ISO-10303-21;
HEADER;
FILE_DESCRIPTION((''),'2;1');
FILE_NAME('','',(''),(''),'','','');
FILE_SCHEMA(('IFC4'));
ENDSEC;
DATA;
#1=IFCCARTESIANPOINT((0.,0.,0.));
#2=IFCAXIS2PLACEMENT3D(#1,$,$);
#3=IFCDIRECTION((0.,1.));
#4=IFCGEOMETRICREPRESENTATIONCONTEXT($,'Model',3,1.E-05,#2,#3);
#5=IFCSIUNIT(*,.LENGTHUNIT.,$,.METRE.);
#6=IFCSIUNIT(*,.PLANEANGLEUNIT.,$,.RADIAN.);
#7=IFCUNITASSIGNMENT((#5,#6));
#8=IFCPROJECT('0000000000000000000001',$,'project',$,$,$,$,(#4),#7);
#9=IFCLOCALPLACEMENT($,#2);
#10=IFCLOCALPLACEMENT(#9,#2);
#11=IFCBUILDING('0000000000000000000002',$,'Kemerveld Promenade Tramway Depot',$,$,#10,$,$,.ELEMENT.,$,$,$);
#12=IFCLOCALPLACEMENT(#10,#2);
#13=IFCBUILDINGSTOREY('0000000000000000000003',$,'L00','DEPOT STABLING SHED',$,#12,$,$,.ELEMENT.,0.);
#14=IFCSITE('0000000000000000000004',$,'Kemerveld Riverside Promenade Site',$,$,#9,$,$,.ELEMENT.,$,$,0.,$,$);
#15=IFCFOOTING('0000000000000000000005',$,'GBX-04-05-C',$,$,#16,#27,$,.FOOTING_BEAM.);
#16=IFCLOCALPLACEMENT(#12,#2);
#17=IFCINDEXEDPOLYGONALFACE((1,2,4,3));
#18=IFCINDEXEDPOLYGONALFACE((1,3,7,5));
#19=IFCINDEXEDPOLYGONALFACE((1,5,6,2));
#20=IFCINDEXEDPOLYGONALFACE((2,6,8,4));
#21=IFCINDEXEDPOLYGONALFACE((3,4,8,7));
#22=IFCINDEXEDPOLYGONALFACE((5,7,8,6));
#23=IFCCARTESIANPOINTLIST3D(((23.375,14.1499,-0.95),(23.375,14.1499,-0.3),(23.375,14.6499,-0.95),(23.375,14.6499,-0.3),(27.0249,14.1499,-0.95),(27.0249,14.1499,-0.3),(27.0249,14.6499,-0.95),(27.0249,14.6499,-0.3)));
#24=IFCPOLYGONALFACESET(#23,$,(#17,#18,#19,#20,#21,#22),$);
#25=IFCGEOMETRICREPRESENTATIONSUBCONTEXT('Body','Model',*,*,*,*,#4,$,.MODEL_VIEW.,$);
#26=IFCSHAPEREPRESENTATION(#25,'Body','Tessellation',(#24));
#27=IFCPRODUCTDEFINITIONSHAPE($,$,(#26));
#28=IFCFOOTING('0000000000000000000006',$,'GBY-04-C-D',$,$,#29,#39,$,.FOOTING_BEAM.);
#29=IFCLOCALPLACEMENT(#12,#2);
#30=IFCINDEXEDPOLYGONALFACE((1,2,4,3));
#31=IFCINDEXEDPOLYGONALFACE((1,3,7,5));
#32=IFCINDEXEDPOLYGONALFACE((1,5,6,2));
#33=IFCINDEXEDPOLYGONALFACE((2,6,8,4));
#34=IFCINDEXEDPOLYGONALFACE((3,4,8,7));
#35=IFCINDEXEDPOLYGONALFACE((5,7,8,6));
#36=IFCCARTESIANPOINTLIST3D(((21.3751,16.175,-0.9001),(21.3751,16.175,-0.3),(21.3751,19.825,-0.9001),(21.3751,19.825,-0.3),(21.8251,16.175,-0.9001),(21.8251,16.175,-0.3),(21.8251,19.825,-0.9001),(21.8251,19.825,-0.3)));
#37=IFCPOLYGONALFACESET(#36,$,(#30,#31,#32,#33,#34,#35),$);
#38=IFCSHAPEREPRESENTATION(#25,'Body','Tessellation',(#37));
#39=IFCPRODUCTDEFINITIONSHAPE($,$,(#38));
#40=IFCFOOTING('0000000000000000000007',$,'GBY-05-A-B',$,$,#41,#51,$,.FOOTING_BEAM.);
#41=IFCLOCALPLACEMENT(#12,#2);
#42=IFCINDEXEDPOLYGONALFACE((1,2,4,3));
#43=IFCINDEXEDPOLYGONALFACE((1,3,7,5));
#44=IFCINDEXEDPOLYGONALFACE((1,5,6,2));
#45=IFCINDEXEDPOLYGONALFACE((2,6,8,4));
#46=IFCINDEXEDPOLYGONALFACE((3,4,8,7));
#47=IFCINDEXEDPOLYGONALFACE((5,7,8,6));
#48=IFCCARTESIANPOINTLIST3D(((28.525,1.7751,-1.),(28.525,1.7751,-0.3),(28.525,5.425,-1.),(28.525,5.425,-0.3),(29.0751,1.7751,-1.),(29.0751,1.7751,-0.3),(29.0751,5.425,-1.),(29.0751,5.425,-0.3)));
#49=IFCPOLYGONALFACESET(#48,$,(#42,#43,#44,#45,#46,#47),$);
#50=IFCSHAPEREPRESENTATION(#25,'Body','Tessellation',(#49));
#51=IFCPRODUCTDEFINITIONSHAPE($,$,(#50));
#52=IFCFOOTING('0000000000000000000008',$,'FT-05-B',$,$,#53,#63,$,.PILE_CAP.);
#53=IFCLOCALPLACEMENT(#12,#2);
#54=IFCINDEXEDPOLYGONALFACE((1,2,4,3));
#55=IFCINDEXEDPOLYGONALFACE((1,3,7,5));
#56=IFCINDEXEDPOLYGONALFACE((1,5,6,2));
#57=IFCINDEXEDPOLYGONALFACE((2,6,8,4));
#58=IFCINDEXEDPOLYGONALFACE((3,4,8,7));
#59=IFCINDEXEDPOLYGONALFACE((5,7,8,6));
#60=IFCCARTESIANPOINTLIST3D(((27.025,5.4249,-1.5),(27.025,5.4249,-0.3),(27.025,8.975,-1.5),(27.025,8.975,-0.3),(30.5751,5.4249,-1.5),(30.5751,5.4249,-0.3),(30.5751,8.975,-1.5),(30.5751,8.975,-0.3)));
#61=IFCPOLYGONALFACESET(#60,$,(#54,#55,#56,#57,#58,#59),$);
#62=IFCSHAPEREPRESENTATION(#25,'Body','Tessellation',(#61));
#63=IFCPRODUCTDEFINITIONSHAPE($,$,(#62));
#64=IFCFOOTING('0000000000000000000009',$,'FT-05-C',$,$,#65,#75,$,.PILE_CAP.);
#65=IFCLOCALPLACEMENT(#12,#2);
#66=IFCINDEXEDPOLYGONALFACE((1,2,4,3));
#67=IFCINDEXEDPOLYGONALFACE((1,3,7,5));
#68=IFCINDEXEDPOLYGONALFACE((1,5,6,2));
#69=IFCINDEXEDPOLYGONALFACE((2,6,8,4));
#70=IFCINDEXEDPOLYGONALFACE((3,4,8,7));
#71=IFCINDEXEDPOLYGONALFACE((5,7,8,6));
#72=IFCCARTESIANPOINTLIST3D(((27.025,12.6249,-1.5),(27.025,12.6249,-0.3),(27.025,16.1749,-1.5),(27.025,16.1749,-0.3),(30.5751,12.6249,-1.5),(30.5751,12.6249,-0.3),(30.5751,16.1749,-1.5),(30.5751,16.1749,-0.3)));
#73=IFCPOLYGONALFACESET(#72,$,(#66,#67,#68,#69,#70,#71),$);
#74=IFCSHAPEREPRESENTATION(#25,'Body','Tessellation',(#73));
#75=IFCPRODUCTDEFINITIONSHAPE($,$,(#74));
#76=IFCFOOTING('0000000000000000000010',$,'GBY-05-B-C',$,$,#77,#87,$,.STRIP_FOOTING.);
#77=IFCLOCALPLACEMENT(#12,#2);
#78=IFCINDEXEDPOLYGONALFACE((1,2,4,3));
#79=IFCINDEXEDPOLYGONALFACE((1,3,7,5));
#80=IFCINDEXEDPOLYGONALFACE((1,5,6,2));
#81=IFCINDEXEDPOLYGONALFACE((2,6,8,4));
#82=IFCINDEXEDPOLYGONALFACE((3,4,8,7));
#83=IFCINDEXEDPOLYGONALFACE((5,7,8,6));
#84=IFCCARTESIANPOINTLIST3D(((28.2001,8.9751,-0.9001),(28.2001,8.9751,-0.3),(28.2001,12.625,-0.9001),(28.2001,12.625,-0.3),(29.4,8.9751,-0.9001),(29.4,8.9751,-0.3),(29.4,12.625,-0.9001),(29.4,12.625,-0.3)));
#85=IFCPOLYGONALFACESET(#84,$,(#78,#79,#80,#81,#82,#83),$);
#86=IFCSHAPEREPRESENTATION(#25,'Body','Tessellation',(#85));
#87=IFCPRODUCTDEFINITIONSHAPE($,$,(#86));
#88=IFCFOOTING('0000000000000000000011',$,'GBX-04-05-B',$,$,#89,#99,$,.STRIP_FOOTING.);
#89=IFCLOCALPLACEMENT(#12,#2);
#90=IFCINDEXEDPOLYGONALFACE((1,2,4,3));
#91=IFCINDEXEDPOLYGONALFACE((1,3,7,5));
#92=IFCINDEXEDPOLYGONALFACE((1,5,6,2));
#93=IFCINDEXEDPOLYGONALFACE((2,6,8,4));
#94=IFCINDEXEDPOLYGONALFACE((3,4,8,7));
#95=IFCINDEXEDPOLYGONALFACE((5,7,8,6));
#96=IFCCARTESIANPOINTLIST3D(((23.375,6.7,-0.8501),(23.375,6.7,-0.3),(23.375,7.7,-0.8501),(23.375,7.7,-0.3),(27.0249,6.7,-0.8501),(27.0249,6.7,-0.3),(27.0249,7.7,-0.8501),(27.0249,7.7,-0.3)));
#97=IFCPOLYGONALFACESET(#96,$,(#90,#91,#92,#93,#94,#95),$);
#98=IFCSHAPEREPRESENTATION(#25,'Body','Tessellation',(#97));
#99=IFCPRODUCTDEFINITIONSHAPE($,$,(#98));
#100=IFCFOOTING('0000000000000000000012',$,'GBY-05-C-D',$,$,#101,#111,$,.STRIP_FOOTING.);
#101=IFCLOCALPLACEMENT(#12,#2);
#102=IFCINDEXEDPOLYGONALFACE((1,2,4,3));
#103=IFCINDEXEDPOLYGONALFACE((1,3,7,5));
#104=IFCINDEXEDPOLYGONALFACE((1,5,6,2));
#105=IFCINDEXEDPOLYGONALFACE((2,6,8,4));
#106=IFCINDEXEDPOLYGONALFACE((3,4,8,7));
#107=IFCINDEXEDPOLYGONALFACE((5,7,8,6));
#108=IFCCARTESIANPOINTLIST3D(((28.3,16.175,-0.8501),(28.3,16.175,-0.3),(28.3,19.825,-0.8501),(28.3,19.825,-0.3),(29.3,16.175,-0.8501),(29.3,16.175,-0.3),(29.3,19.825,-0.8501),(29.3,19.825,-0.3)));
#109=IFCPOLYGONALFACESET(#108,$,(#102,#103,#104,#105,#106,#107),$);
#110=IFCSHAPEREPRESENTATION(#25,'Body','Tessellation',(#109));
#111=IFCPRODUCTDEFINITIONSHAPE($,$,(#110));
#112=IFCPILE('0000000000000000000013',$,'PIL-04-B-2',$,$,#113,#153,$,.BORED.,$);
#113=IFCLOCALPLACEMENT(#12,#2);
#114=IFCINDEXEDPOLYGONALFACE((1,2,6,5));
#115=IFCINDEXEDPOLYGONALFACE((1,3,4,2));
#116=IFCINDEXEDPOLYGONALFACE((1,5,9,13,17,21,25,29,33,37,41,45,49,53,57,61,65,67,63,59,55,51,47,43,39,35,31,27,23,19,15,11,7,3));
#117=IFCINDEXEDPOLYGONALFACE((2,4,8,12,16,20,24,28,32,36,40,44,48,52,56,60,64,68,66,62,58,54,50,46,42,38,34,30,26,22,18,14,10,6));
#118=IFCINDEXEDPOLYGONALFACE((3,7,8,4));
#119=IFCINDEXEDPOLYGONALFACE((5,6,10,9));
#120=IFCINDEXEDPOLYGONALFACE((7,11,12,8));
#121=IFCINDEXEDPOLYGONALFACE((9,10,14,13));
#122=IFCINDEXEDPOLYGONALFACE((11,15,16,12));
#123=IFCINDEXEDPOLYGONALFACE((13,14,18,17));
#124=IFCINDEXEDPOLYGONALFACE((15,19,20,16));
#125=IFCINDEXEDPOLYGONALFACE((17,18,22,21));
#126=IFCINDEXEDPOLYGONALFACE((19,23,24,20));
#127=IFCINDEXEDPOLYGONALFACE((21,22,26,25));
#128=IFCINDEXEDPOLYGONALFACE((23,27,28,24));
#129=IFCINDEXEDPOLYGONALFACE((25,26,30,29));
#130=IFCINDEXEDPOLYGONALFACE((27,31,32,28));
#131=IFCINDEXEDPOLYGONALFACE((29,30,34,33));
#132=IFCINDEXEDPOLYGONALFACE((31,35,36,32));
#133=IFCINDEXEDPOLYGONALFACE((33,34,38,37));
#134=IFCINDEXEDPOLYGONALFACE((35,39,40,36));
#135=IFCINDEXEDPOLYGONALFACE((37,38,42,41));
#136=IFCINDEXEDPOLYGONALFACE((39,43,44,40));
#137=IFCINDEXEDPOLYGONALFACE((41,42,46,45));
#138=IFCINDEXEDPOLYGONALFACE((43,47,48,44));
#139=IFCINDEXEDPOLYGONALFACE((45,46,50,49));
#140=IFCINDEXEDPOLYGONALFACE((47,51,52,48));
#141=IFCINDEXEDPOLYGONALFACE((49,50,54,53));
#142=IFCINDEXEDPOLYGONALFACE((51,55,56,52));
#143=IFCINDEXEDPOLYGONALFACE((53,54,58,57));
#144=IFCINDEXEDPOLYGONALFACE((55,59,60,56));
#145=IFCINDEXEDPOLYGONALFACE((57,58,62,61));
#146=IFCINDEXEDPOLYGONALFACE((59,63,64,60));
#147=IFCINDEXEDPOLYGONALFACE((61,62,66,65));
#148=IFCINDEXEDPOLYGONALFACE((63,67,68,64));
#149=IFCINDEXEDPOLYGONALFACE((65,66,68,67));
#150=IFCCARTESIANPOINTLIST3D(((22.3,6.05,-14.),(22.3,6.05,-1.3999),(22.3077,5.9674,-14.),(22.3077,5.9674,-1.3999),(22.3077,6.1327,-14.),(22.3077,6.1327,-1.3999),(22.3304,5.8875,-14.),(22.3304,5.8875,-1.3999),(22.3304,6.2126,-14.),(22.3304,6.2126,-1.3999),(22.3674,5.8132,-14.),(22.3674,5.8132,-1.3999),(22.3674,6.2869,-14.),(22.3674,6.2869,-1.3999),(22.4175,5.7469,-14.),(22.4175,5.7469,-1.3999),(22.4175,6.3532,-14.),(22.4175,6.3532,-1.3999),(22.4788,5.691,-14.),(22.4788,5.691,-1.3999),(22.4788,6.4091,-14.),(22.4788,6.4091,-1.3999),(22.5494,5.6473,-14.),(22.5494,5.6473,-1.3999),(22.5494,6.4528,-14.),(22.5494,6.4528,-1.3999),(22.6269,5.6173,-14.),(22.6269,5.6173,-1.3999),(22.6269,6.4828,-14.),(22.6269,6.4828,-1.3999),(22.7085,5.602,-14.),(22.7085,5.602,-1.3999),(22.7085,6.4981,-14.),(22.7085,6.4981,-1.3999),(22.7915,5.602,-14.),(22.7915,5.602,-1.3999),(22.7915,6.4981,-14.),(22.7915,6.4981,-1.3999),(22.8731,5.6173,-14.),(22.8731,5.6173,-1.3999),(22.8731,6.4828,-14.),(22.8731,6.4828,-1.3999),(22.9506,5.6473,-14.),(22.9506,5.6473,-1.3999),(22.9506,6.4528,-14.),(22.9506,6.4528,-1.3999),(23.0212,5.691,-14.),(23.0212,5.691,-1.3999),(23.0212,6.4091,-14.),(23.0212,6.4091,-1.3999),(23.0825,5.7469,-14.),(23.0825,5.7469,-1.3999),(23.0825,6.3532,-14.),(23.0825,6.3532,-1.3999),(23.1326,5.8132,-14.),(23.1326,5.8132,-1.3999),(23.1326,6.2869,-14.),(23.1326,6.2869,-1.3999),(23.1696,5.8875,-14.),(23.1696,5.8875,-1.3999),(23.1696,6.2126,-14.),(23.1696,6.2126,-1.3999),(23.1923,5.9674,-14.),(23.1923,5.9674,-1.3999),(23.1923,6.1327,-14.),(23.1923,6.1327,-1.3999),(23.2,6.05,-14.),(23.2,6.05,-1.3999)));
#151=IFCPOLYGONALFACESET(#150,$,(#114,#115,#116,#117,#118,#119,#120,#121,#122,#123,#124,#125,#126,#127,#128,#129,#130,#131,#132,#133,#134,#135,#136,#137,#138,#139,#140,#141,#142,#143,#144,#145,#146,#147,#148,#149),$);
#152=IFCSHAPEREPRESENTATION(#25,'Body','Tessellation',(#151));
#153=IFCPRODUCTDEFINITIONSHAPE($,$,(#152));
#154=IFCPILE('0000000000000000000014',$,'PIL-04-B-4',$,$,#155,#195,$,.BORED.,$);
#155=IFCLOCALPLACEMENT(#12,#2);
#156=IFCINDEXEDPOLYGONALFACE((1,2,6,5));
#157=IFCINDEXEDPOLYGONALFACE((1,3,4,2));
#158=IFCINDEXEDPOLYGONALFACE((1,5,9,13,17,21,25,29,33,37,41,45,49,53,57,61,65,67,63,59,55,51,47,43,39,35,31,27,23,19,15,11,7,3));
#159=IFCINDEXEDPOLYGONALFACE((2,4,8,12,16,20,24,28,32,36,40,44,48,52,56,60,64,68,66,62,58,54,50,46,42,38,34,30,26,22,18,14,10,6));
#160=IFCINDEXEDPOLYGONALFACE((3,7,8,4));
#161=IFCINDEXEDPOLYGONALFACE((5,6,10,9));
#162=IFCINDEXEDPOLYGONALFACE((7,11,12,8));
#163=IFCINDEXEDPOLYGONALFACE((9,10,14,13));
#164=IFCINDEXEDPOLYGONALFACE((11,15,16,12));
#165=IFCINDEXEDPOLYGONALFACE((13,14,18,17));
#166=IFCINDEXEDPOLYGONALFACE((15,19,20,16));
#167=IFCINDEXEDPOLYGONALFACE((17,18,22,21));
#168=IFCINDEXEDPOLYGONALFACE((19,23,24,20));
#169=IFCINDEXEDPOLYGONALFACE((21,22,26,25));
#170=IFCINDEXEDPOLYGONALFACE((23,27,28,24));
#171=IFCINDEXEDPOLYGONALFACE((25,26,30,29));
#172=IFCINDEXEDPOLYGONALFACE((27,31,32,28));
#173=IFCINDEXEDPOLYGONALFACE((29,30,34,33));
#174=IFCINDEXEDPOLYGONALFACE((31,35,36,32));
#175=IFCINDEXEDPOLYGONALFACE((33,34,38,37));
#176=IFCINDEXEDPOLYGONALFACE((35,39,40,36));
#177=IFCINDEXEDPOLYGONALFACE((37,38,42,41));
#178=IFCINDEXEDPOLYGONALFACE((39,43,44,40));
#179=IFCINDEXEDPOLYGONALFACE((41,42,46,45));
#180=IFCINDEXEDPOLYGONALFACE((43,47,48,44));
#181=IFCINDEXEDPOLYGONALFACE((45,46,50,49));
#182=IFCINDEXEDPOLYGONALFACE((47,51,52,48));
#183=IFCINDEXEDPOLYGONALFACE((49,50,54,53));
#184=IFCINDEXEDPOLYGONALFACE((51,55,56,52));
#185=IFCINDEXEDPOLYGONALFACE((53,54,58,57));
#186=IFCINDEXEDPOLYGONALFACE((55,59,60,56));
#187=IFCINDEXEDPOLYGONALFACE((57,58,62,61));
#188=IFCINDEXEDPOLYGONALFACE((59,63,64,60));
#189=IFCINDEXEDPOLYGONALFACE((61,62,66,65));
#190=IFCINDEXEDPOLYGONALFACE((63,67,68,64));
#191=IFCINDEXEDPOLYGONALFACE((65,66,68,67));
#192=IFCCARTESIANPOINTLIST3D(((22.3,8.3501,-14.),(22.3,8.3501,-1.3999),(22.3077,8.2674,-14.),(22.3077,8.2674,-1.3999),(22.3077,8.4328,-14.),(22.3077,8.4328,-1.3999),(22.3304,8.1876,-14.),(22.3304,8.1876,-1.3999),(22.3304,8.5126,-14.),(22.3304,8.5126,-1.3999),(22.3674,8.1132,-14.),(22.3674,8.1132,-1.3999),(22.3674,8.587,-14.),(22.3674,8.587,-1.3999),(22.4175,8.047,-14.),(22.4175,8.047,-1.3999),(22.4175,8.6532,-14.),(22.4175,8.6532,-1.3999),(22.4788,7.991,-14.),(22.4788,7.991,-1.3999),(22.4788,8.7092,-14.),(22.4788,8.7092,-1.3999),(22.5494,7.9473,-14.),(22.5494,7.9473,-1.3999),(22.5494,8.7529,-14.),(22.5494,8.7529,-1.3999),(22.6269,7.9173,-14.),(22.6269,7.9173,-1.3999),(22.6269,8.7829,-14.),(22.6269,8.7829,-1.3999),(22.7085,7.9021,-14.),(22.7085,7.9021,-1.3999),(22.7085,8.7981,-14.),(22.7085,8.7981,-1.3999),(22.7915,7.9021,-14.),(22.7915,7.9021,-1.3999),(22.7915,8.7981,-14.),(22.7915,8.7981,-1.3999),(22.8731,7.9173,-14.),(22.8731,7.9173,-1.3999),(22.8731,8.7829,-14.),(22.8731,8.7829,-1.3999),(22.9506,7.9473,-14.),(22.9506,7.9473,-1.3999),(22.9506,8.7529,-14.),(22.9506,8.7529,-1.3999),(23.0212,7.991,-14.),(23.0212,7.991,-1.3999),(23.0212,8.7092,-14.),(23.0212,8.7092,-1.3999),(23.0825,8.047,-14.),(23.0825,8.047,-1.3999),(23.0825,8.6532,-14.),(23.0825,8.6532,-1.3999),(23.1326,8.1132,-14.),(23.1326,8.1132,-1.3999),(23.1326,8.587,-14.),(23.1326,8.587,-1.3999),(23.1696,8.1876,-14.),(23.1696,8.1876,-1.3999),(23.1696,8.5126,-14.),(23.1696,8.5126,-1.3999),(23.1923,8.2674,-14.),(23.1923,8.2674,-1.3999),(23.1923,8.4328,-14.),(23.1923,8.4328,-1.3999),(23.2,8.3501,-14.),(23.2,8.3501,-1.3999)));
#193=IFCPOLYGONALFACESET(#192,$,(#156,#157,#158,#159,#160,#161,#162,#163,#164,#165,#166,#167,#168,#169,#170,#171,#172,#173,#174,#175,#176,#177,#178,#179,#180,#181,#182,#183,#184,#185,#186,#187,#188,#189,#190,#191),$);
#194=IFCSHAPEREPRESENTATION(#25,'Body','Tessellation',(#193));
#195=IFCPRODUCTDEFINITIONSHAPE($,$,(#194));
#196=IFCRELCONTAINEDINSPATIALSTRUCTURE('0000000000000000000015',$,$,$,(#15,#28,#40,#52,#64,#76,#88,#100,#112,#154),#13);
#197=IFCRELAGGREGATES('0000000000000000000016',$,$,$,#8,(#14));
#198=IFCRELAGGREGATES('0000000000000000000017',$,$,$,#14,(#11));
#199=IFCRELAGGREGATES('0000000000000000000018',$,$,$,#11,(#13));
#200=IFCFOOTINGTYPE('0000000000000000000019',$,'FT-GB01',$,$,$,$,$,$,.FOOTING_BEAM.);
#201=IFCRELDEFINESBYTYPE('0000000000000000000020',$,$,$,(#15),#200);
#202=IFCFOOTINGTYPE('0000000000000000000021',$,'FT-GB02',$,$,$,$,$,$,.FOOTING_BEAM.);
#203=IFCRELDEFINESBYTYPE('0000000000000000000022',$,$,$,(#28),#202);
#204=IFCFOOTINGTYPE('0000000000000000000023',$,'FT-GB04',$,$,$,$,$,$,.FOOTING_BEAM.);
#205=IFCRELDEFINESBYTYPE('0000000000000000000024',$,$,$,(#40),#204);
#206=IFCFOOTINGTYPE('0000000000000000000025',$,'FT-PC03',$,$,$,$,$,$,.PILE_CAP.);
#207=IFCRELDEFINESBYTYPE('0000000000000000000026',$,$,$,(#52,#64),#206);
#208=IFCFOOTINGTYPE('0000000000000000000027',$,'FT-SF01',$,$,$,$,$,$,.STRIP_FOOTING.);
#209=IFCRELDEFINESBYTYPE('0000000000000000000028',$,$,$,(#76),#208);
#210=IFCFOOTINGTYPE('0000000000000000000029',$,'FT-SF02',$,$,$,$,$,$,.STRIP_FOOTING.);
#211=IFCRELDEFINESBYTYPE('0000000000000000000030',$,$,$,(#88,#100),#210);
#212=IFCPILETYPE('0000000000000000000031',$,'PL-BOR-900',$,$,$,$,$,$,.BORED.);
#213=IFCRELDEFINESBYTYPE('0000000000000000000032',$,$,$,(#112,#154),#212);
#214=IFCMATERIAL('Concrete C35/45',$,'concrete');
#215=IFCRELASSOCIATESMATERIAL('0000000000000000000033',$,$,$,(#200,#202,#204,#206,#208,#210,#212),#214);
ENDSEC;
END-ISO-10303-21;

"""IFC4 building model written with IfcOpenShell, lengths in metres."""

from ifc_helpers import new_model, si_unit, direction, frame, origin, origin_2d, place, context, subcontext, project, spatial, rectangle, circle, extrude, material, material_profile, profile_set, type_object, element, save


model = new_model("IFC4")

# Units and contexts
model_context = context("Model", 3, precision=1e-05, world=origin(), true_north=direction((0.0, 1.0)))
body_context = subcontext(model_context, "Body", "Model", "MODEL_VIEW")
ifc_project = project(units=[si_unit("LENGTHUNIT", "METRE"), si_unit("PLANEANGLEUNIT", "RADIAN")], contexts=[model_context])

# Site, building, storey
site_placement = place(None, origin())
site = spatial("IfcSite", under=ifc_project, at=site_placement, Name="Kemerveld Riverside Promenade Site", CompositionType="ELEMENT", RefElevation=0.0)
building_placement = place(site_placement, origin())
building = spatial("IfcBuilding", under=site, at=building_placement, Name="Kemerveld Promenade Tramway Depot", CompositionType="ELEMENT")
storey_placement = place(building_placement, origin())
storey = spatial("IfcBuildingStorey", under=building, at=storey_placement, Name="L00", Description="DEPOT STABLING SHED", CompositionType="ELEMENT", Elevation=0.0)

# Footings
ifc_material_1 = material(Name="Concrete C35/45", Category="concrete")
footing_type_1 = type_object("IfcFootingType", Name="FT-GB01", PredefinedType="FOOTING_BEAM", material=ifc_material_1)
footing_1_placement = place(storey_placement, frame((25.2, 14.3999, -0.95), z_axis=(0.0, 0.0, 1.0), x_axis=(1.0, 0.0, 0.0)))
element("IfcFooting", 1, at=footing_1_placement, inside=storey, type_object=footing_type_1, Name="GBX-04-05-C", PredefinedType="FOOTING_BEAM", context=body_context, shape_type="SweptSolid", body=[
    extrude(rectangle(XDim=3.6499, YDim=0.5, at=origin_2d()), origin(), (0.0, 0.0, 1.0), 0.6499),
])
footing_type_2 = type_object("IfcFootingType", Name="FT-GB02", PredefinedType="FOOTING_BEAM", material=ifc_material_1)
footing_2_placement = place(storey_placement, frame((21.6001, 18.0, -0.9001), z_axis=(0.0, 0.0, 1.0), x_axis=(0.0, 1.0, 0.0)))
element("IfcFooting", 2, at=footing_2_placement, inside=storey, type_object=footing_type_2, Name="GBY-04-C-D", PredefinedType="FOOTING_BEAM", context=body_context, shape_type="SweptSolid", body=[
    extrude(rectangle(XDim=3.6499, YDim=0.45, at=origin_2d()), origin(), (0.0, 0.0, 1.0), 0.6001),
])
footing_type_3 = type_object("IfcFootingType", Name="FT-GB04", PredefinedType="FOOTING_BEAM", material=ifc_material_1)
footing_3_placement = place(storey_placement, frame((28.8, 3.6001, -1.0), z_axis=(0.0, 0.0, 1.0), x_axis=(0.0, 1.0, 0.0)))
element("IfcFooting", 3, at=footing_3_placement, inside=storey, type_object=footing_type_3, Name="GBY-05-A-B", PredefinedType="FOOTING_BEAM", context=body_context, shape_type="SweptSolid", body=[
    extrude(rectangle(XDim=3.6499, YDim=0.55, at=origin_2d()), origin(), (0.0, 0.0, 1.0), 0.7),
])
footing_type_4 = type_object("IfcFootingType", Name="FT-PC03", PredefinedType="PILE_CAP", material=ifc_material_1)
for number, where, z_axis, x_axis, name in (
    (4, (28.8, 7.2, -1.5), (0.0, 0.0, 1.0), (1.0, 0.0, 0.0), "FT-05-B"),
    (5, (28.8, 14.3999, -1.5), (0.0, 0.0, 1.0), (1.0, 0.0, 0.0), "FT-05-C"),
):
    element("IfcFooting", number, at=place(storey_placement, frame(where, z_axis=z_axis, x_axis=x_axis)), inside=storey, type_object=footing_type_4, Name=name, PredefinedType="PILE_CAP", context=body_context, shape_type="SweptSolid", body=[
        extrude(rectangle(XDim=3.55, YDim=3.55, at=origin_2d()), origin(), (0.0, 0.0, 1.0), 1.2),
    ])
footing_type_5 = type_object("IfcFootingType", Name="FT-SF01", PredefinedType="STRIP_FOOTING", material=ifc_material_1)
footing_4_placement = place(storey_placement, frame((28.8, 10.8, -0.9001), z_axis=(0.0, 0.0, 1.0), x_axis=(0.0, 1.0, 0.0)))
element("IfcFooting", 6, at=footing_4_placement, inside=storey, type_object=footing_type_5, Name="GBY-05-B-C", PredefinedType="STRIP_FOOTING", context=body_context, shape_type="SweptSolid", body=[
    extrude(rectangle(XDim=3.6499, YDim=1.2, at=origin_2d()), origin(), (0.0, 0.0, 1.0), 0.6001),
])
footing_type_6 = type_object("IfcFootingType", Name="FT-SF02", PredefinedType="STRIP_FOOTING", material=ifc_material_1)
for number, where, z_axis, x_axis, name in (
    (7, (25.2, 7.2, -0.8501), (0.0, 0.0, 1.0), (1.0, 0.0, 0.0), "GBX-04-05-B"),
    (8, (28.8, 18.0, -0.8501), (0.0, 0.0, 1.0), (0.0, 1.0, 0.0), "GBY-05-C-D"),
):
    element("IfcFooting", number, at=place(storey_placement, frame(where, z_axis=z_axis, x_axis=x_axis)), inside=storey, type_object=footing_type_6, Name=name, PredefinedType="STRIP_FOOTING", context=body_context, shape_type="SweptSolid", body=[
        extrude(rectangle(XDim=3.6499, YDim=1.0, at=origin_2d()), origin(), (0.0, 0.0, 1.0), 0.55),
    ])

# Piles
ifc_material_profile_1 = material_profile(ifc_material_1, circle(Radius=0.45, at=origin_2d()), Name="PILE-D900")
ifc_profile_set_1 = profile_set([ifc_material_profile_1], Name="Concrete C35/45")
pile_type = type_object("IfcPileType", Name="PL-BOR-900", PredefinedType="BORED", material=ifc_profile_set_1)
for number, where, z_axis, x_axis, name in (
    (9, (22.75, 6.05, -1.3999), (0.0, 0.0, -1.0), (1.0, 0.0, 0.0), "PIL-04-B-2"),
    (10, (22.75, 8.3501, -1.3999), (0.0, 0.0, -1.0), (1.0, 0.0, 0.0), "PIL-04-B-4"),
):
    element("IfcPile", number, at=place(storey_placement, frame(where, z_axis=z_axis, x_axis=x_axis)), inside=storey, type_object=pile_type, Name=name, PredefinedType="BORED", context=body_context, shape_type="SweptSolid", body=[
        extrude(circle(Radius=0.45, at=origin_2d()), origin(), (0.0, 0.0, 1.0), 12.6001),
    ])

save(model, "model.ifc")
